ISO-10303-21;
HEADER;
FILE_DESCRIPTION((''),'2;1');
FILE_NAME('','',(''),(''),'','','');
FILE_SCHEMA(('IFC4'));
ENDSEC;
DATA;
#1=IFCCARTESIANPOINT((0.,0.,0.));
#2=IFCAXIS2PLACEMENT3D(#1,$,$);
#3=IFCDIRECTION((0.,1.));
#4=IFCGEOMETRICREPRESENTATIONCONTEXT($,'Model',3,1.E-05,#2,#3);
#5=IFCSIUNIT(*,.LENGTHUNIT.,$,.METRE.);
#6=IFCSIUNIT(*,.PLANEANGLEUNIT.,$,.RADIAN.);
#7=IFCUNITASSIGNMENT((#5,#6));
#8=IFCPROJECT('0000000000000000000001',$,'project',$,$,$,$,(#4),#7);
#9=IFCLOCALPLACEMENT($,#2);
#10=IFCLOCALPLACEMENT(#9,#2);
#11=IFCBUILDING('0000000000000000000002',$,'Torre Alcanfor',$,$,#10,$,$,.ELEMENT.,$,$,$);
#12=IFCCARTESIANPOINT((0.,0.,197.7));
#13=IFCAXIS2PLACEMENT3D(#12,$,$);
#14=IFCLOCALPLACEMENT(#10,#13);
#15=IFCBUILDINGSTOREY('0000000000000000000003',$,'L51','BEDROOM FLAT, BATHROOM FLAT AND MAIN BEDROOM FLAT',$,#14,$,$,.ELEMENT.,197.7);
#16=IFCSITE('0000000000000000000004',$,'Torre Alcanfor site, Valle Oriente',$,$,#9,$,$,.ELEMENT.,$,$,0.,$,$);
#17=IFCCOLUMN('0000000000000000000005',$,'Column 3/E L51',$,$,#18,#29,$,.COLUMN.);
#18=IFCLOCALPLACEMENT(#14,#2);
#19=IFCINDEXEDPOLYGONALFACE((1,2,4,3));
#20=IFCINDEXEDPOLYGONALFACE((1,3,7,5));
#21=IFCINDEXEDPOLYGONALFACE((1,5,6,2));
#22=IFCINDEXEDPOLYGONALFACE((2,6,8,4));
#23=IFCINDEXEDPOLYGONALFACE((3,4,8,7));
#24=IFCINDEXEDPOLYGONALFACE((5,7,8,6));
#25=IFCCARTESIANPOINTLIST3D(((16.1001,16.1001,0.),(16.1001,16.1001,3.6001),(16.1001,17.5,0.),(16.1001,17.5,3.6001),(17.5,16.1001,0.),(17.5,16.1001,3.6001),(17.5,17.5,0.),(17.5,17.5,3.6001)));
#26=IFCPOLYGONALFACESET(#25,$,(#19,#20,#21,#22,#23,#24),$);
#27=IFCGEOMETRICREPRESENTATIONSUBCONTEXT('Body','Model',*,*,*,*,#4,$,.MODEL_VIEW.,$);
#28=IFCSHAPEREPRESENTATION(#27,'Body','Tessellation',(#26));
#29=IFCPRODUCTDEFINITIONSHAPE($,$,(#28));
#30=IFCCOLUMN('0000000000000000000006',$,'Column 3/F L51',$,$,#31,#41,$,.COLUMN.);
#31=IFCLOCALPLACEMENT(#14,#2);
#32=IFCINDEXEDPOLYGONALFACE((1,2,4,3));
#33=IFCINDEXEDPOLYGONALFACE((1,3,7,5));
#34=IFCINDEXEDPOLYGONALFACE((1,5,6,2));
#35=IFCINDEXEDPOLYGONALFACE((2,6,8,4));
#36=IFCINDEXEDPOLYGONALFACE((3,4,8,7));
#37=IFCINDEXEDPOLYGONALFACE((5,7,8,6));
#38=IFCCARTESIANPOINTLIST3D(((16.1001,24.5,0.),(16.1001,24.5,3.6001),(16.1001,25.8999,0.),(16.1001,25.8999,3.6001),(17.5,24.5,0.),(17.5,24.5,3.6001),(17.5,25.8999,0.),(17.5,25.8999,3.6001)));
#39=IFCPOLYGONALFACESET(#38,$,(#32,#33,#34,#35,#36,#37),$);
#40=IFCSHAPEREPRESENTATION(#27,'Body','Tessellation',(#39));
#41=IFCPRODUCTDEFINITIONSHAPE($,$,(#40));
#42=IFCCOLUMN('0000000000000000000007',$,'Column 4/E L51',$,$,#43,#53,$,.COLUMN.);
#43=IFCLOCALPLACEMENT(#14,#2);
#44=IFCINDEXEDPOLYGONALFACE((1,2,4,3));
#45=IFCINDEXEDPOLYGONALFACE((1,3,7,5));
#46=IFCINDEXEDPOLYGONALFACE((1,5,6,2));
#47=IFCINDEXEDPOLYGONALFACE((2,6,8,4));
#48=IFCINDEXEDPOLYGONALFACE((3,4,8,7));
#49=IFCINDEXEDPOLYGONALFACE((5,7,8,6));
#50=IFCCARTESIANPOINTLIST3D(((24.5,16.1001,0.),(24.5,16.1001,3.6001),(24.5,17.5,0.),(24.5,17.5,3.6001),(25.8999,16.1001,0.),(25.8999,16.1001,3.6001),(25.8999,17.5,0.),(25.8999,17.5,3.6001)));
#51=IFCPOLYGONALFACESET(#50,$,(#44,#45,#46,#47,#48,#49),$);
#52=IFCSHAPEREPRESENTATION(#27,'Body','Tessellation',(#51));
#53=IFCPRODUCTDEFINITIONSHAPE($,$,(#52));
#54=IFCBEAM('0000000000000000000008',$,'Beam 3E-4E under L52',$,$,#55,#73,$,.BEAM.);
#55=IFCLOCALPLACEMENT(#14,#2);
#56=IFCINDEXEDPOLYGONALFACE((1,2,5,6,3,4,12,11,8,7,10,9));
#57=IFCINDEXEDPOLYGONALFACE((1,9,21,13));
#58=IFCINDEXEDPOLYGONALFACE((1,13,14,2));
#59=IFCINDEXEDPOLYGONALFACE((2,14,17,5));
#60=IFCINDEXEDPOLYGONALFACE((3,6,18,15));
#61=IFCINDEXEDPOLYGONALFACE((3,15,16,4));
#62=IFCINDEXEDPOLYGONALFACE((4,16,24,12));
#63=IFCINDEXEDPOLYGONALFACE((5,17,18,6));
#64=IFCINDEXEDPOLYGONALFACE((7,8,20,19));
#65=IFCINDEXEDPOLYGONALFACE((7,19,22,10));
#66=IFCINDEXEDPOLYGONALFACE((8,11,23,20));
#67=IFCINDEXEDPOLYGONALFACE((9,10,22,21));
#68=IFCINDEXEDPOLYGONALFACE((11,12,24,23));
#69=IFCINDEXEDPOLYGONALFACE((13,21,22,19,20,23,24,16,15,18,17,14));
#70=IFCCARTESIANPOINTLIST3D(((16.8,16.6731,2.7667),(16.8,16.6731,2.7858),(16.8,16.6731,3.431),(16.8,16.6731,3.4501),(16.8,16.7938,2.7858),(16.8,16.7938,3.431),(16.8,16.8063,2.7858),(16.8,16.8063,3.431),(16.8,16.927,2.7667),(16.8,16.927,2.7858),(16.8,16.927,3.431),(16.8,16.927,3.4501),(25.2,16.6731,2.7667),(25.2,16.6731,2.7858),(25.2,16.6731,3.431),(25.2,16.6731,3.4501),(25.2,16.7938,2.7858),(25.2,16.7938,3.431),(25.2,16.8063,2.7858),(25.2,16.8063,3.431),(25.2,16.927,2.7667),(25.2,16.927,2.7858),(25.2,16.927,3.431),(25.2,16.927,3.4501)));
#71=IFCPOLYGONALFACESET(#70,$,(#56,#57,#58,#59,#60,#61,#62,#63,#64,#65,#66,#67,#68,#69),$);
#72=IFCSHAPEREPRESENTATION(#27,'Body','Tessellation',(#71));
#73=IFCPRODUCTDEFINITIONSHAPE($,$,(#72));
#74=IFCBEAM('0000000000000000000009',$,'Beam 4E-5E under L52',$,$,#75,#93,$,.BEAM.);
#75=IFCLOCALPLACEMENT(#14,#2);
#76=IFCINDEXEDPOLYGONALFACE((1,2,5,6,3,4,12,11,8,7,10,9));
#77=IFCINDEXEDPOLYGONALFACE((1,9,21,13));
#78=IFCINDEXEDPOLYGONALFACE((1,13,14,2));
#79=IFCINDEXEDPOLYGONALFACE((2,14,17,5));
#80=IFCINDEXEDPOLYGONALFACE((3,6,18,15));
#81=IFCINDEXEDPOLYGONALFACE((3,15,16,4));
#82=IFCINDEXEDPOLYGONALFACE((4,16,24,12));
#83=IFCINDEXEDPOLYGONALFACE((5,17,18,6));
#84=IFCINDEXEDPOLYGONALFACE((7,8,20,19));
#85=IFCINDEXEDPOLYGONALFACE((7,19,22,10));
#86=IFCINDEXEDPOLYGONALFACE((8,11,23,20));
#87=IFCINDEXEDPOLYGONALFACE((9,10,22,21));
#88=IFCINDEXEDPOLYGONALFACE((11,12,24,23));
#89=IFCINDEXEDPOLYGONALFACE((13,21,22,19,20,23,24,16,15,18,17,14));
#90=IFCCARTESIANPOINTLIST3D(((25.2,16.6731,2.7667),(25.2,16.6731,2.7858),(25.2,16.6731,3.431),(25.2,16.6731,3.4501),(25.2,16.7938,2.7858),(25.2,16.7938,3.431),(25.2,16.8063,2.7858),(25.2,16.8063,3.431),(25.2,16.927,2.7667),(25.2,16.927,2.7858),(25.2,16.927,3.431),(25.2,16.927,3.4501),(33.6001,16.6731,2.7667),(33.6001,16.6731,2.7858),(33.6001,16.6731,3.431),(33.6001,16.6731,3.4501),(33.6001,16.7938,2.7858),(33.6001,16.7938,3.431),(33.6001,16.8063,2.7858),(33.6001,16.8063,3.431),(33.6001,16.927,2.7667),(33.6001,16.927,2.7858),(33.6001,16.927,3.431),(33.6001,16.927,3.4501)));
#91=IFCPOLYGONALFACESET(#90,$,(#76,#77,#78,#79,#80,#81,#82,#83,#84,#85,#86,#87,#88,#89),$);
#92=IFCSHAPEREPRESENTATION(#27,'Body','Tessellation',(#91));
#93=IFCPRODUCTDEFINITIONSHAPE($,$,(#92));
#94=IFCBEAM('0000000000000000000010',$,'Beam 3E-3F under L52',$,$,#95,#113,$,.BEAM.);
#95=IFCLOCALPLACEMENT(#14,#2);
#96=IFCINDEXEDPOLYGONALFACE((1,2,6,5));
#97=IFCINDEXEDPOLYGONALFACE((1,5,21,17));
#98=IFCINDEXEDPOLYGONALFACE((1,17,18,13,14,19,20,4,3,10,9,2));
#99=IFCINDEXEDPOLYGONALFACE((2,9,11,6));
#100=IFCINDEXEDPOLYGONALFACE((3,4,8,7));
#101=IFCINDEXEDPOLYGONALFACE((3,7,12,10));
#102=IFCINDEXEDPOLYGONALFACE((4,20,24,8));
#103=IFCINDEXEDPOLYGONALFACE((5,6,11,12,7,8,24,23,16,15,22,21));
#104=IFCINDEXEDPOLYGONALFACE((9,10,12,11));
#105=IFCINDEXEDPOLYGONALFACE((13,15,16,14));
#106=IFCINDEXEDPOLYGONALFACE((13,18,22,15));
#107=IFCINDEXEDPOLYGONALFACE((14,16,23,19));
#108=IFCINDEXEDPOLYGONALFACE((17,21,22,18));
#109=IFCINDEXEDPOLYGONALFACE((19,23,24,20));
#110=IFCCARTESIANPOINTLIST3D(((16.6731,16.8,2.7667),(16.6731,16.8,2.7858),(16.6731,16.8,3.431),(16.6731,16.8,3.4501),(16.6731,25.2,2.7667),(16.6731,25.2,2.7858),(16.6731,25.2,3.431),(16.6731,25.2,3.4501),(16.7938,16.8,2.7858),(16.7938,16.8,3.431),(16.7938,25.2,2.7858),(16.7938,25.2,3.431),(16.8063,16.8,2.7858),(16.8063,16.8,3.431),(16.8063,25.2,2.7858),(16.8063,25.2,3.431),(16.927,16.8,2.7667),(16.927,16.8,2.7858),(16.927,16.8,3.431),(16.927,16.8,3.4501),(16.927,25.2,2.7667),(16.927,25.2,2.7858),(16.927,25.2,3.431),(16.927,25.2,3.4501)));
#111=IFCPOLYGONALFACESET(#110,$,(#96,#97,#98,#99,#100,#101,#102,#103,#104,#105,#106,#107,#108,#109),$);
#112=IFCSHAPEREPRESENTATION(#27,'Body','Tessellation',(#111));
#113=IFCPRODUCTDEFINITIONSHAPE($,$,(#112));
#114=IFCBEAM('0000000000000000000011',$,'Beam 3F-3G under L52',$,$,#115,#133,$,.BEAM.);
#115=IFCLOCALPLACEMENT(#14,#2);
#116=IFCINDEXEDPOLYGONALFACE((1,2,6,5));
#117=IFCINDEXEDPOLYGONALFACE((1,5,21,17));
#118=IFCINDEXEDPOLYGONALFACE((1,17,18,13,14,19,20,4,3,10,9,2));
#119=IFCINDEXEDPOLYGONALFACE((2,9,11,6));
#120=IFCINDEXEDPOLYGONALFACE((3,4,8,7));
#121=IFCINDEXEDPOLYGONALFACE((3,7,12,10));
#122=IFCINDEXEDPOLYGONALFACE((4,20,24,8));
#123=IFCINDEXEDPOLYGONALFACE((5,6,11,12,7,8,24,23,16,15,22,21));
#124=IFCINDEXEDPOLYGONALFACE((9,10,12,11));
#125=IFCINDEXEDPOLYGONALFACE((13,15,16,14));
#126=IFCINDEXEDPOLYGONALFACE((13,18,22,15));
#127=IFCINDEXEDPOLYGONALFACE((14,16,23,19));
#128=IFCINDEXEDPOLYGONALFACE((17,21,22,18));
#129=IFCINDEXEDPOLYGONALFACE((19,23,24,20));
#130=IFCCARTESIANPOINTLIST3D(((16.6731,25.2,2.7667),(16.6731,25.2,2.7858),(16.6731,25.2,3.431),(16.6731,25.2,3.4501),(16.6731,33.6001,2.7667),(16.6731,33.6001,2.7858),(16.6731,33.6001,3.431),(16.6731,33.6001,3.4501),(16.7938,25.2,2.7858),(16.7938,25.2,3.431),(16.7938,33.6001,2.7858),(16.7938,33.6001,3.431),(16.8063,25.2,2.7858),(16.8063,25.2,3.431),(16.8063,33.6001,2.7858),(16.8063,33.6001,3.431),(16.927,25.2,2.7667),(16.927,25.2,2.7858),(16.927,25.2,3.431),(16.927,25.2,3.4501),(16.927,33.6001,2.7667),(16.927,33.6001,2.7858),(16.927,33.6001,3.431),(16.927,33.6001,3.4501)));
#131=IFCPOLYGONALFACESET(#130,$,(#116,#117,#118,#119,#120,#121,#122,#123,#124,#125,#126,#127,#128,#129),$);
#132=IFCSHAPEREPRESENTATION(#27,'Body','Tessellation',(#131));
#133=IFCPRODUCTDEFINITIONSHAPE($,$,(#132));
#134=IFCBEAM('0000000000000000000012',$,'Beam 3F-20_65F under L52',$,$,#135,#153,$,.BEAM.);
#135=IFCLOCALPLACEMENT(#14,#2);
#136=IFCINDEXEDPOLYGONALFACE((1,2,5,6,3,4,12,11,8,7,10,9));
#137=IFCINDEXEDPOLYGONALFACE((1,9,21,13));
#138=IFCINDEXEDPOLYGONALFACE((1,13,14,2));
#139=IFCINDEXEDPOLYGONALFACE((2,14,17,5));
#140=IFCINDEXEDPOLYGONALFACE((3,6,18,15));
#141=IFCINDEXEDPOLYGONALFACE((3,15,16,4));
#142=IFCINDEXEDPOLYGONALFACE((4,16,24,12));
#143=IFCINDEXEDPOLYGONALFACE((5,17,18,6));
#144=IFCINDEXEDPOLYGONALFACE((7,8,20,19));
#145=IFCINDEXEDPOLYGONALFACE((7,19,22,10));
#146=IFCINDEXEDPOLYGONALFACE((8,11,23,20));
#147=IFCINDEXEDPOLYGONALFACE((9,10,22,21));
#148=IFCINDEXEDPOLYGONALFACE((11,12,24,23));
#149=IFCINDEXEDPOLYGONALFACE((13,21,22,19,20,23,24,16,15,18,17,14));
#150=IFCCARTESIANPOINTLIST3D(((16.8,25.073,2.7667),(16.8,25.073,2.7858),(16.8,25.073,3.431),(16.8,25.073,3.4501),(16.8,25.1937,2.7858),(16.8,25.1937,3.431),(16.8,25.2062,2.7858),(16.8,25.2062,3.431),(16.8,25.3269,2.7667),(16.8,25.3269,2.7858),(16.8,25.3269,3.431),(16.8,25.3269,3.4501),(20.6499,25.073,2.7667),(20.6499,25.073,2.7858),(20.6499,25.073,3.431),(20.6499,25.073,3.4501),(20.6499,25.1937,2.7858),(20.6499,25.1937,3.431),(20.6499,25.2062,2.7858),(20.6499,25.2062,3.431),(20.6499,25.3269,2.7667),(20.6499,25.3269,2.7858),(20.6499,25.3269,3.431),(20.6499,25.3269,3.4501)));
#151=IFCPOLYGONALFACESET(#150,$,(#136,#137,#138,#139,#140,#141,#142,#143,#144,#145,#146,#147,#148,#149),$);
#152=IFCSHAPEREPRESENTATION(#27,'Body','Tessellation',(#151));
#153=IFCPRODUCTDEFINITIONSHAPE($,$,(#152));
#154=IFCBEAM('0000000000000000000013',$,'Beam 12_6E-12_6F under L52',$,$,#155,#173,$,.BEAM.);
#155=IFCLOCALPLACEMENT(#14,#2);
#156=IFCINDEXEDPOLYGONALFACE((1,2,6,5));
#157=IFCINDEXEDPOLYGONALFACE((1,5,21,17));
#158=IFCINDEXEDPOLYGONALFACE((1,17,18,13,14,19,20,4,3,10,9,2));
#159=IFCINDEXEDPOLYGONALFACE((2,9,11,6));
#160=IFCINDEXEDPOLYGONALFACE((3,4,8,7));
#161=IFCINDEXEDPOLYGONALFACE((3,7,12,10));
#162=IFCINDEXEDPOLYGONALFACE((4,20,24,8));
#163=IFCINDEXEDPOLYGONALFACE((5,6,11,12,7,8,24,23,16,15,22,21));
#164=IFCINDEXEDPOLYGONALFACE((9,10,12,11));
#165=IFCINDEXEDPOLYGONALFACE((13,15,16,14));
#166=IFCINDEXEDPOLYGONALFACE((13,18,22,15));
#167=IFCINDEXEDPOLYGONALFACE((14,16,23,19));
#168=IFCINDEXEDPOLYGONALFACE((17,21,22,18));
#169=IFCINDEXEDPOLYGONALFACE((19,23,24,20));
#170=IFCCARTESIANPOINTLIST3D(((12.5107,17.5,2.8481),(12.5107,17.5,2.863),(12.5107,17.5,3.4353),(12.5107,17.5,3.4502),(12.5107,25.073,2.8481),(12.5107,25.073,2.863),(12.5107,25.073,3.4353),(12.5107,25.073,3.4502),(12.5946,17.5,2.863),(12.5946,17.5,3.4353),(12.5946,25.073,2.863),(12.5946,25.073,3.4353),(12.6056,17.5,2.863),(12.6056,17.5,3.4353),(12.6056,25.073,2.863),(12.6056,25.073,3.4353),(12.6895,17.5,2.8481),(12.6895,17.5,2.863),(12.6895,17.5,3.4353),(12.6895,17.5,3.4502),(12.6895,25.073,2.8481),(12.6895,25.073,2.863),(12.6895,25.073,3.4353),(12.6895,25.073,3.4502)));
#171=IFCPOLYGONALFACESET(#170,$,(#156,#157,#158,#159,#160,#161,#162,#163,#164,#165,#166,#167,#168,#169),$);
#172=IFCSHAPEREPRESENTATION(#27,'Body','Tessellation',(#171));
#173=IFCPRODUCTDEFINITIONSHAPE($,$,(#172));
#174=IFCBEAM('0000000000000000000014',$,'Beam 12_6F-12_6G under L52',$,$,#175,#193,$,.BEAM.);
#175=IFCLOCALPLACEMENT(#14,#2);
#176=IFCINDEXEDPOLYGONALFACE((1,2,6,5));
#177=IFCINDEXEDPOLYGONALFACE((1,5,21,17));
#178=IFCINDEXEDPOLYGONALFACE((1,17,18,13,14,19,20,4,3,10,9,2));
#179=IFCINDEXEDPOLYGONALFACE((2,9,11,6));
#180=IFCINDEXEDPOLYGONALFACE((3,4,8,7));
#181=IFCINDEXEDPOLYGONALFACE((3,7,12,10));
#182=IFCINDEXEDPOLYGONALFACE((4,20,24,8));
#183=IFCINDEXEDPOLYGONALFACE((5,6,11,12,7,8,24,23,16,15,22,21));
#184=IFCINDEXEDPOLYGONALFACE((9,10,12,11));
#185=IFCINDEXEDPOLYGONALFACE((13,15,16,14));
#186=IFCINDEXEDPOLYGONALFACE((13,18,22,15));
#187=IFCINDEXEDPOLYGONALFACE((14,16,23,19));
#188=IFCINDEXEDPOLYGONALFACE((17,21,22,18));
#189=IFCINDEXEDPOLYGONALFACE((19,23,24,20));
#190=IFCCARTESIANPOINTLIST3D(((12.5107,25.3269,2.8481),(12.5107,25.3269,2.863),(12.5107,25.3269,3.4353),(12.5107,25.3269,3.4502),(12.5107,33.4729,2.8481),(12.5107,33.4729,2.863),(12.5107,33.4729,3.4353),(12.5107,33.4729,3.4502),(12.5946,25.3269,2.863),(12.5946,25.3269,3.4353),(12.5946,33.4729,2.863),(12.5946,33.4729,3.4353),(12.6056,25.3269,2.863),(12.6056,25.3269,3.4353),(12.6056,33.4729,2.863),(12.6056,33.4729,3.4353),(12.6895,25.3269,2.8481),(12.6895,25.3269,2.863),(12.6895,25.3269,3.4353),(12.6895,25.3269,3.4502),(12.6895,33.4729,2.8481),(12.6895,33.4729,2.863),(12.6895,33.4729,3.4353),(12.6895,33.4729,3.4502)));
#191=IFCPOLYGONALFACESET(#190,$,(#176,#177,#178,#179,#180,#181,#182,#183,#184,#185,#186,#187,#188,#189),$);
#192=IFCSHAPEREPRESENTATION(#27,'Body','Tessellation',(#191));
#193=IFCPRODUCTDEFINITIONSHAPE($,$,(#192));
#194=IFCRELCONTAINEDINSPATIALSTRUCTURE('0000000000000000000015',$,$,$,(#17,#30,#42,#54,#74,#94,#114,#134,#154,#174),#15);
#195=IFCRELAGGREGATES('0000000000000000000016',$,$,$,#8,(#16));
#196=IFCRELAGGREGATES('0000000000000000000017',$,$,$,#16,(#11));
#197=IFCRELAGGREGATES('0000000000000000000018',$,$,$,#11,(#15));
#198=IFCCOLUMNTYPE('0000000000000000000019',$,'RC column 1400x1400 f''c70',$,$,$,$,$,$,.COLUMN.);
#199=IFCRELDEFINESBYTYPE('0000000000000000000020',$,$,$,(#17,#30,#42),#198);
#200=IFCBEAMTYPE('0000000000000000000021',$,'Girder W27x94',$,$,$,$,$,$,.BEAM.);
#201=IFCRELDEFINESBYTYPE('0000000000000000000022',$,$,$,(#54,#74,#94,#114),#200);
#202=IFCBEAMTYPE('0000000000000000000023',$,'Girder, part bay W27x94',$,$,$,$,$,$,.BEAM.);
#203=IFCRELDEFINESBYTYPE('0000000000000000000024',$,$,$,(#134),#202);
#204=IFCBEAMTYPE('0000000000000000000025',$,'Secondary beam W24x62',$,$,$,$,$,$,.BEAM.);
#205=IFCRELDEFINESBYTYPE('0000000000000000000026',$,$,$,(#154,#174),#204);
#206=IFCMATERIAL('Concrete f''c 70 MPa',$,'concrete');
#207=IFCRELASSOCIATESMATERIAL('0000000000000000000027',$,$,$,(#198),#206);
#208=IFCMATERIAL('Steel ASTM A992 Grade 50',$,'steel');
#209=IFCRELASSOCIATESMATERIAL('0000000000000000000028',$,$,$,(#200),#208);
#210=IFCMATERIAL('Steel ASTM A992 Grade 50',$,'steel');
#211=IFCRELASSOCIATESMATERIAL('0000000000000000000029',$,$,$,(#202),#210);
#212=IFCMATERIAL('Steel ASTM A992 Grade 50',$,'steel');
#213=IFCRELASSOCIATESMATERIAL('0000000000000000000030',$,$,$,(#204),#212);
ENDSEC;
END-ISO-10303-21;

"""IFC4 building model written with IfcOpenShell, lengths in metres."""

from ifc_helpers import new_model, si_unit, direction, frame, origin, origin_2d, place, context, subcontext, project, spatial, rectangle, i_section, extrude, material, material_profile, profile_set, type_object, element, save


model = new_model("IFC4")

# Units and contexts
model_context = context("Model", 3, precision=1e-05, world=origin(), true_north=direction((0.0, 1.0)))
body_context = subcontext(model_context, "Body", "Model", "MODEL_VIEW")
ifc_project = project(units=[si_unit("LENGTHUNIT", "METRE"), si_unit("PLANEANGLEUNIT", "RADIAN")], contexts=[model_context])

# Site, building, storey
site_placement = place(None, origin())
site = spatial("IfcSite", under=ifc_project, at=site_placement, Name="Torre Alcanfor site, Valle Oriente", CompositionType="ELEMENT", RefElevation=0.0)
building_placement = place(site_placement, origin())
building = spatial("IfcBuilding", under=site, at=building_placement, Name="Torre Alcanfor", CompositionType="ELEMENT")
storey_placement = place(building_placement, frame((0.0, 0.0, 197.7)))
storey = spatial("IfcBuildingStorey", under=building, at=storey_placement, Name="L51", Description="BEDROOM FLAT, BATHROOM FLAT AND MAIN BEDROOM FLAT", CompositionType="ELEMENT", Elevation=197.7)

# Columns
ifc_material_1 = material(Name="Concrete f'c 70 MPa", Category="concrete")
ifc_material_profile_1 = material_profile(ifc_material_1, rectangle(XDim=1.3999, YDim=1.3999, at=origin_2d()), Name="1400x1400")
ifc_profile_set_1 = profile_set([ifc_material_profile_1], Name="Concrete f'c 70 MPa")
column_type = type_object("IfcColumnType", Name="RC column 1400x1400 f'c70", PredefinedType="COLUMN", material=ifc_profile_set_1)
for number, where, z_axis, x_axis, name in (
    (1, (16.8, 16.8, 0.0), (0.0, 0.0, 1.0), (1.0, 0.0, 0.0), "Column 3/E L51"),
    (2, (16.8, 25.2, 0.0), (0.0, 0.0, 1.0), (1.0, 0.0, 0.0), "Column 3/F L51"),
    (3, (25.2, 16.8, 0.0), (0.0, 0.0, 1.0), (1.0, 0.0, 0.0), "Column 4/E L51"),
):
    element("IfcColumn", number, at=place(storey_placement, frame(where, z_axis=z_axis, x_axis=x_axis)), inside=storey, type_object=column_type, Name=name, PredefinedType="COLUMN", context=body_context, shape_type="SweptSolid", body=[
        extrude(rectangle(XDim=1.3999, YDim=1.3999, at=origin_2d()), origin(), (0.0, 0.0, 1.0), 3.6001),
    ])

# Beams
ifc_material_2 = material(Name="Steel ASTM A992 Grade 50", Category="steel")
ifc_material_profile_2 = material_profile(ifc_material_2, i_section(OverallWidth=0.2539, OverallDepth=0.6833, WebThickness=0.0125, FlangeThickness=0.019, at=origin_2d()), Name="W27x94")
ifc_profile_set_2 = profile_set([ifc_material_profile_2], Name="Steel ASTM A992 Grade 50")
beam_type_1 = type_object("IfcBeamType", Name="Girder W27x94", PredefinedType="BEAM", material=ifc_profile_set_2)
beam_1_placement = place(storey_placement, frame((16.8, 16.8, 3.1084), z_axis=(1.0, 0.0, 0.0), x_axis=(0.0, 1.0, 0.0)))
element("IfcBeam", 4, at=beam_1_placement, inside=storey, type_object=beam_type_1, Name="Beam 3E-4E under L52", PredefinedType="BEAM", context=body_context, shape_type="SweptSolid", body=[
    extrude(i_section(OverallWidth=0.2539, OverallDepth=0.6833, WebThickness=0.0125, FlangeThickness=0.019, at=origin_2d()), origin(), (0.0, 0.0, 1.0), 8.3999),
])
beam_2_placement = place(storey_placement, frame((25.2, 16.8, 3.1084), z_axis=(1.0, 0.0, 0.0), x_axis=(0.0, 1.0, 0.0)))
element("IfcBeam", 5, at=beam_2_placement, inside=storey, type_object=beam_type_1, Name="Beam 4E-5E under L52", PredefinedType="BEAM", context=body_context, shape_type="SweptSolid", body=[
    extrude(i_section(OverallWidth=0.2539, OverallDepth=0.6833, WebThickness=0.0125, FlangeThickness=0.019, at=origin_2d()), origin(), (0.0, 0.0, 1.0), 8.4001),
])
beam_3_placement = place(storey_placement, frame((16.8, 16.8, 3.1084), z_axis=(0.0, 1.0, 0.0), x_axis=(-1.0, 0.0, 0.0)))
element("IfcBeam", 6, at=beam_3_placement, inside=storey, type_object=beam_type_1, Name="Beam 3E-3F under L52", PredefinedType="BEAM", context=body_context, shape_type="SweptSolid", body=[
    extrude(i_section(OverallWidth=0.2539, OverallDepth=0.6833, WebThickness=0.0125, FlangeThickness=0.019, at=origin_2d()), origin(), (0.0, 0.0, 1.0), 8.3999),
])
beam_4_placement = place(storey_placement, frame((16.8, 25.2, 3.1084), z_axis=(0.0, 1.0, 0.0), x_axis=(-1.0, 0.0, 0.0)))
element("IfcBeam", 7, at=beam_4_placement, inside=storey, type_object=beam_type_1, Name="Beam 3F-3G under L52", PredefinedType="BEAM", context=body_context, shape_type="SweptSolid", body=[
    extrude(i_section(OverallWidth=0.2539, OverallDepth=0.6833, WebThickness=0.0125, FlangeThickness=0.019, at=origin_2d()), origin(), (0.0, 0.0, 1.0), 8.4001),
])
ifc_material_3 = material(Name="Steel ASTM A992 Grade 50", Category="steel")
ifc_material_profile_3 = material_profile(ifc_material_3, i_section(OverallWidth=0.2539, OverallDepth=0.6833, WebThickness=0.0125, FlangeThickness=0.019, at=origin_2d()), Name="W27x94")
ifc_profile_set_3 = profile_set([ifc_material_profile_3], Name="Steel ASTM A992 Grade 50")
beam_type_2 = type_object("IfcBeamType", Name="Girder, part bay W27x94", PredefinedType="BEAM", material=ifc_profile_set_3)
beam_5_placement = place(storey_placement, frame((16.8, 25.2, 3.1084), z_axis=(1.0, 0.0, 0.0), x_axis=(0.0, 1.0, 0.0)))
element("IfcBeam", 8, at=beam_5_placement, inside=storey, type_object=beam_type_2, Name="Beam 3F-20_65F under L52", PredefinedType="BEAM", context=body_context, shape_type="SweptSolid", body=[
    extrude(i_section(OverallWidth=0.2539, OverallDepth=0.6833, WebThickness=0.0125, FlangeThickness=0.019, at=origin_2d()), origin(), (0.0, 0.0, 1.0), 3.8499),
])
ifc_material_4 = material(Name="Steel ASTM A992 Grade 50", Category="steel")
ifc_material_profile_4 = material_profile(ifc_material_4, i_section(OverallWidth=0.1787, OverallDepth=0.6021, WebThickness=0.011, FlangeThickness=0.0149, at=origin_2d()), Name="W24x62")
ifc_profile_set_4 = profile_set([ifc_material_profile_4], Name="Steel ASTM A992 Grade 50")
beam_type_3 = type_object("IfcBeamType", Name="Secondary beam W24x62", PredefinedType="BEAM", material=ifc_profile_set_4)
beam_6_placement = place(storey_placement, frame((12.6001, 17.5, 3.1492), z_axis=(0.0, 1.0, 0.0), x_axis=(-1.0, 0.0, 0.0)))
element("IfcBeam", 9, at=beam_6_placement, inside=storey, type_object=beam_type_3, Name="Beam 12_6E-12_6F under L52", PredefinedType="BEAM", context=body_context, shape_type="SweptSolid", body=[
    extrude(i_section(OverallWidth=0.1787, OverallDepth=0.6021, WebThickness=0.011, FlangeThickness=0.0149, at=origin_2d()), origin(), (0.0, 0.0, 1.0), 7.573),
])
beam_7_placement = place(storey_placement, frame((12.6001, 25.3269, 3.1492), z_axis=(0.0, 1.0, 0.0), x_axis=(-1.0, 0.0, 0.0)))
element("IfcBeam", 10, at=beam_7_placement, inside=storey, type_object=beam_type_3, Name="Beam 12_6F-12_6G under L52", PredefinedType="BEAM", context=body_context, shape_type="SweptSolid", body=[
    extrude(i_section(OverallWidth=0.1787, OverallDepth=0.6021, WebThickness=0.011, FlangeThickness=0.0149, at=origin_2d()), origin(), (0.0, 0.0, 1.0), 8.146),
])

save(model, "model.ifc")
